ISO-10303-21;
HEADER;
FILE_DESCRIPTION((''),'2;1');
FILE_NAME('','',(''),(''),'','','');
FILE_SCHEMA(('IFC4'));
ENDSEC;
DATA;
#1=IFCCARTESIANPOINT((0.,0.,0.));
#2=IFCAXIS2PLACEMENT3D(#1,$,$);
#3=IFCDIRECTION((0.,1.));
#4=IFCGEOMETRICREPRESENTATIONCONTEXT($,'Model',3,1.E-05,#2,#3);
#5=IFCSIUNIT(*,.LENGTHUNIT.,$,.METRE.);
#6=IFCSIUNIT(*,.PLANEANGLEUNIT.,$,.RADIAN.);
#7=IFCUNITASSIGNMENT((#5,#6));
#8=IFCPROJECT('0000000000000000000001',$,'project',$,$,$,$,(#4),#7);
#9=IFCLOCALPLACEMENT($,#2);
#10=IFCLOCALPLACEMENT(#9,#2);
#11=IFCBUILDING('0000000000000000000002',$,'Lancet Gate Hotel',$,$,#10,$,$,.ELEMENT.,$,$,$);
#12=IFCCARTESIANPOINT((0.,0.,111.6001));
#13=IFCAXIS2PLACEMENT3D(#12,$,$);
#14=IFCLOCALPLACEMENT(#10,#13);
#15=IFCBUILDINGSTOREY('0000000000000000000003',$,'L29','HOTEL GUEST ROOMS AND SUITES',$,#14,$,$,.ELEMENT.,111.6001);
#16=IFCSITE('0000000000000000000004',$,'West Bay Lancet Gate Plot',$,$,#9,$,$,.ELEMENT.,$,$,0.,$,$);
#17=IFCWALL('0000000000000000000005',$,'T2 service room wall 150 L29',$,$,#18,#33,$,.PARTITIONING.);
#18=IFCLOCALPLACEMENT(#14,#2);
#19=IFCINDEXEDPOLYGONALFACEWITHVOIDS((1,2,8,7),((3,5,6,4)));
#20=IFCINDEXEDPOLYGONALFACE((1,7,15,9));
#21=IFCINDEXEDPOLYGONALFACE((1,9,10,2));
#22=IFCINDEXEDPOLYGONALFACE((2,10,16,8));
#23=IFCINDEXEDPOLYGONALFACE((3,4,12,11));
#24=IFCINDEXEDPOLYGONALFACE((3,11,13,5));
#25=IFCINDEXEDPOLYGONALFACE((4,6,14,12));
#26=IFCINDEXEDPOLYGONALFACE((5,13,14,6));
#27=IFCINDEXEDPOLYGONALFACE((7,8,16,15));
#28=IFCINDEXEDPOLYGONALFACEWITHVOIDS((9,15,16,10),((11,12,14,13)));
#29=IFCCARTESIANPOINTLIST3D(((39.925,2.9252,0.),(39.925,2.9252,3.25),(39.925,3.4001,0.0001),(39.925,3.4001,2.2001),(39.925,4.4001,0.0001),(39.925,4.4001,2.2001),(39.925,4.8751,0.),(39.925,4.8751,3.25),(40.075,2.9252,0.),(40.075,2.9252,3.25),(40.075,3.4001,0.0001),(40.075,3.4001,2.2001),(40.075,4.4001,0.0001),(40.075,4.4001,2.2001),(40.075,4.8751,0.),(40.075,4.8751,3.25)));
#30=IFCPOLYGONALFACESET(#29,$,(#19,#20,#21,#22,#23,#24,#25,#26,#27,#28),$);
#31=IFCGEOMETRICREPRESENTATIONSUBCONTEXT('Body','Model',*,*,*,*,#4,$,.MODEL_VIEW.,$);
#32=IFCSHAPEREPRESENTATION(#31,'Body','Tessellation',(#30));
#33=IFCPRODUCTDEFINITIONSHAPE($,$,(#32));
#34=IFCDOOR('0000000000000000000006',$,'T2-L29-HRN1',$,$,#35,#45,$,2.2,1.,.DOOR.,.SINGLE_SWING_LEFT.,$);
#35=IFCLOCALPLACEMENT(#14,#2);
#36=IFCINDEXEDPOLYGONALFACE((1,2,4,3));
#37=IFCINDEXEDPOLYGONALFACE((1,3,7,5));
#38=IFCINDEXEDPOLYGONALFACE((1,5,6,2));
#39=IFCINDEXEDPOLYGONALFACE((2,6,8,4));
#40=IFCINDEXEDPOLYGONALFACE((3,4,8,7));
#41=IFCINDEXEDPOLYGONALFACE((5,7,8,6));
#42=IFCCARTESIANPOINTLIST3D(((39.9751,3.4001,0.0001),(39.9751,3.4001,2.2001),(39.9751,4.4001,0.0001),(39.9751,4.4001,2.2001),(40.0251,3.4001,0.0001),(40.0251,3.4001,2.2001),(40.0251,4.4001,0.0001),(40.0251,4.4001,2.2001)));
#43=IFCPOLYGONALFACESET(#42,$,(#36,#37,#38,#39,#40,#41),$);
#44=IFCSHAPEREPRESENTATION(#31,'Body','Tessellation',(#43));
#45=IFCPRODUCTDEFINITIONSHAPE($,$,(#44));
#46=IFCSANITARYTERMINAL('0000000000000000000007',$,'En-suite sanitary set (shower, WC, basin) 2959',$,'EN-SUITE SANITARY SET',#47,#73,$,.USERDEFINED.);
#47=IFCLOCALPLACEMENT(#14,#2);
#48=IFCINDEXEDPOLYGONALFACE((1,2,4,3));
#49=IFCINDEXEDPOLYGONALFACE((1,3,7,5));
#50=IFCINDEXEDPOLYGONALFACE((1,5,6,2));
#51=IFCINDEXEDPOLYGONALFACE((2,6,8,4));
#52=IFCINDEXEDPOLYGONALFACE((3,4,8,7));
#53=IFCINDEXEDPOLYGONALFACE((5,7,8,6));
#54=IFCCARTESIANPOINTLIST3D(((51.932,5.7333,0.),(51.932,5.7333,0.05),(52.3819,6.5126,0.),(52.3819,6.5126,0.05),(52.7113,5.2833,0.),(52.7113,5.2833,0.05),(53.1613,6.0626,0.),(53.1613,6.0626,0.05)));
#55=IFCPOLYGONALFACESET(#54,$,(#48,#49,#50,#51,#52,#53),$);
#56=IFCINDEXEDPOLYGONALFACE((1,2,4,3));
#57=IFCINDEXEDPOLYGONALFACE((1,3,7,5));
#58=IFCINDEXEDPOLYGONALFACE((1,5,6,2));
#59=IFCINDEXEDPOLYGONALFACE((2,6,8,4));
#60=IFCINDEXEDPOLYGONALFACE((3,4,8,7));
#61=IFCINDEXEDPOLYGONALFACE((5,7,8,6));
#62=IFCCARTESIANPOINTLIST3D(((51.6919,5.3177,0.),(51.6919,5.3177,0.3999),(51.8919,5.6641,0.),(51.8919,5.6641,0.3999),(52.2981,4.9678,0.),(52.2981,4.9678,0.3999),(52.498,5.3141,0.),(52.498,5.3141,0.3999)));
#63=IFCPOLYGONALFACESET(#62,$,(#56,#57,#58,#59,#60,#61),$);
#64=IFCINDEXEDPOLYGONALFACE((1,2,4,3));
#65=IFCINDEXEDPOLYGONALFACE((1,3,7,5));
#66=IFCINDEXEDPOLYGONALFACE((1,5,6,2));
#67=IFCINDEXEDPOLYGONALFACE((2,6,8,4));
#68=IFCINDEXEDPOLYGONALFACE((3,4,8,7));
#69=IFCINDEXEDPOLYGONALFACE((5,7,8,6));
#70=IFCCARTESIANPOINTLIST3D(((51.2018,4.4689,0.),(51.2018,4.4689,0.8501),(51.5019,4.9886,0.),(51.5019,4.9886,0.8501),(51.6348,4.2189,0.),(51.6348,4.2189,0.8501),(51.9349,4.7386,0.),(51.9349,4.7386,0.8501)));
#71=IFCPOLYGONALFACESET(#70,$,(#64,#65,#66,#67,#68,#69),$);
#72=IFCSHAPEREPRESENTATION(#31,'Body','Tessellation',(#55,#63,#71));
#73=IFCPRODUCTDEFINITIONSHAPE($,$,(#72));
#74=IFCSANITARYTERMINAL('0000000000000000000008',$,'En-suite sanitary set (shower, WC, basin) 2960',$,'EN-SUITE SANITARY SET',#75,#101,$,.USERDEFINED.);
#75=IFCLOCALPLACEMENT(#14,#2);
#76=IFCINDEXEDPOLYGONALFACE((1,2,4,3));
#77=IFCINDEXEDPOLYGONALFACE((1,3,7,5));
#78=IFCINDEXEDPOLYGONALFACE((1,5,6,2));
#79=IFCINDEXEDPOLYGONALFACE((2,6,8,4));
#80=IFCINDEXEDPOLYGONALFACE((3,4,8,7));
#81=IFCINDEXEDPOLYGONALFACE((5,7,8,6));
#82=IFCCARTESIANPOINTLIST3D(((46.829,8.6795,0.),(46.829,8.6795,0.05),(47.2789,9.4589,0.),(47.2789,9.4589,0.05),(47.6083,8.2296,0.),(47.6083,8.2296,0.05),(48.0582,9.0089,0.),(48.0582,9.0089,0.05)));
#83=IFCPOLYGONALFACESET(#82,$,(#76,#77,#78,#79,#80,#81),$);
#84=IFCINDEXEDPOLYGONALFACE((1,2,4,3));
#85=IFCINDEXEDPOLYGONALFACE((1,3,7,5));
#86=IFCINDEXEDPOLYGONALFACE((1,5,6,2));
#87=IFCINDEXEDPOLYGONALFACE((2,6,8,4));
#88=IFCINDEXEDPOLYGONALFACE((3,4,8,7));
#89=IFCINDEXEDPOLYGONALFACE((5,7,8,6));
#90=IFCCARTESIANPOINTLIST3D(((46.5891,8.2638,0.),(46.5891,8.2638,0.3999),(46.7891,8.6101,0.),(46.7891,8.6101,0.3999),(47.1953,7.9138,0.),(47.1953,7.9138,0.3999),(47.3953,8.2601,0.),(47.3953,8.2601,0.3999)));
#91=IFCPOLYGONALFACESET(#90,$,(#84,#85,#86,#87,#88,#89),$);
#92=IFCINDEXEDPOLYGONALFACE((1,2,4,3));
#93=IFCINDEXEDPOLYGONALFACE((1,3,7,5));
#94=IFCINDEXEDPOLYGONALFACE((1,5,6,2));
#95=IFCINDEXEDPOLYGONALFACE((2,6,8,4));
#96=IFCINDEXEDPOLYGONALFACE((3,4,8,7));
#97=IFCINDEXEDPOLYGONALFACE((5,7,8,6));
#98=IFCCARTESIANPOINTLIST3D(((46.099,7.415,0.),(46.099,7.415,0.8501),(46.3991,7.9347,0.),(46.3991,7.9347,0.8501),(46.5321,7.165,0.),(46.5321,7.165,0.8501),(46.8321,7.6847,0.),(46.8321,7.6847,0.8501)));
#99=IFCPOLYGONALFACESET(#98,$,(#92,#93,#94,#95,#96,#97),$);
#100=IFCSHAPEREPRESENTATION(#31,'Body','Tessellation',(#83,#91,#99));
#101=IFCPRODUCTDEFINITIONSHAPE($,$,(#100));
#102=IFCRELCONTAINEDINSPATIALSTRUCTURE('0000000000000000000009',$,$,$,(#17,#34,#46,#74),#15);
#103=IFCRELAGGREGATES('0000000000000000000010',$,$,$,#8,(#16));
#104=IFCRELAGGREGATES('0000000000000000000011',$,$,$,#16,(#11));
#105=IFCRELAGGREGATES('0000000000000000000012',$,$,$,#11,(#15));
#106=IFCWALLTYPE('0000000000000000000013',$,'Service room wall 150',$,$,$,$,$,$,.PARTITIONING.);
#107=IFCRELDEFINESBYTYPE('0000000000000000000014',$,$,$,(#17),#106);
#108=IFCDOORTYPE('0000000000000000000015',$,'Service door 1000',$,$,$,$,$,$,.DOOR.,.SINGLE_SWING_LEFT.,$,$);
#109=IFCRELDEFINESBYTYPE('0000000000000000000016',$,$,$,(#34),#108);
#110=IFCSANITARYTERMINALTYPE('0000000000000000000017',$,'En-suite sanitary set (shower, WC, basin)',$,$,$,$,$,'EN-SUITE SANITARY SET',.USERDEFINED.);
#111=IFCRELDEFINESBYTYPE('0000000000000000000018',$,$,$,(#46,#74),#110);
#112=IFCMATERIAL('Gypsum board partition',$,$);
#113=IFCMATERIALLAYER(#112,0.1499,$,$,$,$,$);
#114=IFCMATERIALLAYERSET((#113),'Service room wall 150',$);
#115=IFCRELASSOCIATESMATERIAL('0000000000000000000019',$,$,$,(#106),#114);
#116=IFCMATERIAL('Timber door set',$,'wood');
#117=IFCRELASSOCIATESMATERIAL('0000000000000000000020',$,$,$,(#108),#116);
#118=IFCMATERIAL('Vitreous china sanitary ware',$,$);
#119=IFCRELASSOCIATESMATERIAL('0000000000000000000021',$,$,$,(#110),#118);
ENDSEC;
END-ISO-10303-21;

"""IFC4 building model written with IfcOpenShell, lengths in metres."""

from ifc_helpers import new_model, si_unit, direction, frame, frame_2d, origin, origin_2d, place, context, subcontext, project, spatial, rectangle, extrude, material, layer, layer_set, type_object, element, fill, save


model = new_model("IFC4")

# Units and contexts
model_context = context("Model", 3, precision=1e-05, world=origin(), true_north=direction((0.0, 1.0)))
body_context = subcontext(model_context, "Body", "Model", "MODEL_VIEW")
ifc_project = project(units=[si_unit("LENGTHUNIT", "METRE"), si_unit("PLANEANGLEUNIT", "RADIAN")], contexts=[model_context])

# Site, building, storey
site_placement = place(None, origin())
site = spatial("IfcSite", under=ifc_project, at=site_placement, Name="West Bay Lancet Gate Plot", CompositionType="ELEMENT", RefElevation=0.0)
building_placement = place(site_placement, origin())
building = spatial("IfcBuilding", under=site, at=building_placement, Name="Lancet Gate Hotel", CompositionType="ELEMENT")
storey_placement = place(building_placement, frame((0.0, 0.0, 111.6001)))
storey = spatial("IfcBuildingStorey", under=building, at=storey_placement, Name="L29", Description="HOTEL GUEST ROOMS AND SUITES", CompositionType="ELEMENT", Elevation=111.6001)

# Wall, opening, door
ifc_material_1 = material(Name="Gypsum board partition")
ifc_layer_1 = layer(ifc_material_1, 0.1499)
ifc_layer_set_1 = layer_set([ifc_layer_1], Name="Service room wall 150")
wall_type_1 = type_object("IfcWallType", Name="Service room wall 150", PredefinedType="PARTITIONING", material=ifc_layer_set_1)
wall_1_placement = place(storey_placement, frame((40.0, 2.925, 0.0), z_axis=(0.0, 0.0, 1.0), x_axis=(0.0, 1.0, 0.0)))
wall_1 = element("IfcWall", 1, at=wall_1_placement, inside=storey, type_object=wall_type_1, Name="T2 service room wall 150 L29", PredefinedType="PARTITIONING", context=body_context, shape_type="SweptSolid", body=[
    extrude(rectangle(XDim=1.95, YDim=0.1499, at=frame_2d((0.9751, 0.0))), origin(), (0.0, 0.0, 1.0), 3.25),
])
opening_1_placement = place(wall_1_placement, frame((0.4751, 0.0, 0.0)))
opening_1 = element("IfcOpeningElement", 2, at=opening_1_placement, cuts=wall_1, PredefinedType="OPENING", context=body_context, shape_type="SweptSolid", body=[
    extrude(rectangle(XDim=1.0, YDim=2.2, at=frame_2d((0.5, 1.1001))), frame((0.0, 0.085, 0.0), z_axis=(0.0, -1.0, 0.0), x_axis=(1.0, 0.0, 0.0)), (0.0, 0.0, 1.0), 0.1699),
])
ifc_material_2 = material(Name="Timber door set", Category="wood")
door_type_1 = type_object("IfcDoorType", Name="Service door 1000", OperationType="SINGLE_SWING_LEFT", PredefinedType="DOOR", material=ifc_material_2)
door_1_placement = place(opening_1_placement, origin())
door_1 = element("IfcDoor", 3, at=door_1_placement, inside=storey, type_object=door_type_1, Name="T2-L29-HRN1", OperationType="SINGLE_SWING_LEFT", OverallHeight=2.2, OverallWidth=1.0, PredefinedType="DOOR", context=body_context, shape_type="SweptSolid", body=[
    extrude(rectangle(XDim=1.0, YDim=2.2, at=frame_2d((0.5, 1.1001))), frame((0.0, 0.0249, 0.0), z_axis=(0.0, -1.0, 0.0), x_axis=(1.0, 0.0, 0.0)), (0.0, 0.0, 1.0), 0.05),
])
fill(opening_1, door_1)

# Sanitary terminals
ifc_material_3 = material(Name="Vitreous china sanitary ware")
sanitary_terminal_type = type_object("IfcSanitaryTerminalType", Name="En-suite sanitary set (shower, WC, basin)", ElementType="EN-SUITE SANITARY SET", PredefinedType="USERDEFINED", material=ifc_material_3)
sanitary_terminal_1_placement = place(storey_placement, frame((52.5466, 5.8979, 0.0), z_axis=(0.0, 0.0, 1.0), x_axis=(1.0, 0.0, 0.0)))
element("IfcSanitaryTerminal", 4, at=sanitary_terminal_1_placement, inside=storey, type_object=sanitary_terminal_type, Name="En-suite sanitary set (shower, WC, basin) 2959", ObjectType="EN-SUITE SANITARY SET", PredefinedType="USERDEFINED", context=body_context, shape_type="SweptSolid", body=[
    extrude(rectangle(XDim=0.8999, YDim=0.8999, at=origin_2d()), frame((0.0, 0.0, 0.0), z_axis=(0.0, 0.0, 1.0), x_axis=(0.5, 0.866025, 0.0)), (0.0, 0.0, 1.0), 0.05),
    extrude(rectangle(XDim=0.3999, YDim=0.7, at=origin_2d()), frame((-0.4517, -0.582, 0.0), z_axis=(0.0, 0.0, 1.0), x_axis=(0.5, 0.866025, 0.0)), (0.0, 0.0, 1.0), 0.3999),
    extrude(rectangle(XDim=0.6001, YDim=0.5, at=origin_2d()), frame((-0.9783, -1.2942, 0.0), z_axis=(0.0, 0.0, 1.0), x_axis=(0.5, 0.866025, 0.0)), (0.0, 0.0, 1.0), 0.8501),
])
sanitary_terminal_2_placement = place(storey_placement, frame((47.4436, 8.8442, 0.0), z_axis=(0.0, 0.0, 1.0), x_axis=(1.0, 0.0, 0.0)))
element("IfcSanitaryTerminal", 5, at=sanitary_terminal_2_placement, inside=storey, type_object=sanitary_terminal_type, Name="En-suite sanitary set (shower, WC, basin) 2960", ObjectType="EN-SUITE SANITARY SET", PredefinedType="USERDEFINED", context=body_context, shape_type="SweptSolid", body=[
    extrude(rectangle(XDim=0.8999, YDim=0.8999, at=origin_2d()), frame((0.0, 0.0, 0.0), z_axis=(0.0, 0.0, 1.0), x_axis=(0.5, 0.866025, 0.0)), (0.0, 0.0, 1.0), 0.05),
    extrude(rectangle(XDim=0.3999, YDim=0.7, at=origin_2d()), frame((-0.4514, -0.5823, 0.0), z_axis=(0.0, 0.0, 1.0), x_axis=(0.5, 0.866025, 0.0)), (0.0, 0.0, 1.0), 0.3999),
    extrude(rectangle(XDim=0.6001, YDim=0.5, at=origin_2d()), frame((-0.978, -1.2944, 0.0), z_axis=(0.0, 0.0, 1.0), x_axis=(0.5, 0.866025, 0.0)), (0.0, 0.0, 1.0), 0.8501),
])

save(model, "model.ifc")
